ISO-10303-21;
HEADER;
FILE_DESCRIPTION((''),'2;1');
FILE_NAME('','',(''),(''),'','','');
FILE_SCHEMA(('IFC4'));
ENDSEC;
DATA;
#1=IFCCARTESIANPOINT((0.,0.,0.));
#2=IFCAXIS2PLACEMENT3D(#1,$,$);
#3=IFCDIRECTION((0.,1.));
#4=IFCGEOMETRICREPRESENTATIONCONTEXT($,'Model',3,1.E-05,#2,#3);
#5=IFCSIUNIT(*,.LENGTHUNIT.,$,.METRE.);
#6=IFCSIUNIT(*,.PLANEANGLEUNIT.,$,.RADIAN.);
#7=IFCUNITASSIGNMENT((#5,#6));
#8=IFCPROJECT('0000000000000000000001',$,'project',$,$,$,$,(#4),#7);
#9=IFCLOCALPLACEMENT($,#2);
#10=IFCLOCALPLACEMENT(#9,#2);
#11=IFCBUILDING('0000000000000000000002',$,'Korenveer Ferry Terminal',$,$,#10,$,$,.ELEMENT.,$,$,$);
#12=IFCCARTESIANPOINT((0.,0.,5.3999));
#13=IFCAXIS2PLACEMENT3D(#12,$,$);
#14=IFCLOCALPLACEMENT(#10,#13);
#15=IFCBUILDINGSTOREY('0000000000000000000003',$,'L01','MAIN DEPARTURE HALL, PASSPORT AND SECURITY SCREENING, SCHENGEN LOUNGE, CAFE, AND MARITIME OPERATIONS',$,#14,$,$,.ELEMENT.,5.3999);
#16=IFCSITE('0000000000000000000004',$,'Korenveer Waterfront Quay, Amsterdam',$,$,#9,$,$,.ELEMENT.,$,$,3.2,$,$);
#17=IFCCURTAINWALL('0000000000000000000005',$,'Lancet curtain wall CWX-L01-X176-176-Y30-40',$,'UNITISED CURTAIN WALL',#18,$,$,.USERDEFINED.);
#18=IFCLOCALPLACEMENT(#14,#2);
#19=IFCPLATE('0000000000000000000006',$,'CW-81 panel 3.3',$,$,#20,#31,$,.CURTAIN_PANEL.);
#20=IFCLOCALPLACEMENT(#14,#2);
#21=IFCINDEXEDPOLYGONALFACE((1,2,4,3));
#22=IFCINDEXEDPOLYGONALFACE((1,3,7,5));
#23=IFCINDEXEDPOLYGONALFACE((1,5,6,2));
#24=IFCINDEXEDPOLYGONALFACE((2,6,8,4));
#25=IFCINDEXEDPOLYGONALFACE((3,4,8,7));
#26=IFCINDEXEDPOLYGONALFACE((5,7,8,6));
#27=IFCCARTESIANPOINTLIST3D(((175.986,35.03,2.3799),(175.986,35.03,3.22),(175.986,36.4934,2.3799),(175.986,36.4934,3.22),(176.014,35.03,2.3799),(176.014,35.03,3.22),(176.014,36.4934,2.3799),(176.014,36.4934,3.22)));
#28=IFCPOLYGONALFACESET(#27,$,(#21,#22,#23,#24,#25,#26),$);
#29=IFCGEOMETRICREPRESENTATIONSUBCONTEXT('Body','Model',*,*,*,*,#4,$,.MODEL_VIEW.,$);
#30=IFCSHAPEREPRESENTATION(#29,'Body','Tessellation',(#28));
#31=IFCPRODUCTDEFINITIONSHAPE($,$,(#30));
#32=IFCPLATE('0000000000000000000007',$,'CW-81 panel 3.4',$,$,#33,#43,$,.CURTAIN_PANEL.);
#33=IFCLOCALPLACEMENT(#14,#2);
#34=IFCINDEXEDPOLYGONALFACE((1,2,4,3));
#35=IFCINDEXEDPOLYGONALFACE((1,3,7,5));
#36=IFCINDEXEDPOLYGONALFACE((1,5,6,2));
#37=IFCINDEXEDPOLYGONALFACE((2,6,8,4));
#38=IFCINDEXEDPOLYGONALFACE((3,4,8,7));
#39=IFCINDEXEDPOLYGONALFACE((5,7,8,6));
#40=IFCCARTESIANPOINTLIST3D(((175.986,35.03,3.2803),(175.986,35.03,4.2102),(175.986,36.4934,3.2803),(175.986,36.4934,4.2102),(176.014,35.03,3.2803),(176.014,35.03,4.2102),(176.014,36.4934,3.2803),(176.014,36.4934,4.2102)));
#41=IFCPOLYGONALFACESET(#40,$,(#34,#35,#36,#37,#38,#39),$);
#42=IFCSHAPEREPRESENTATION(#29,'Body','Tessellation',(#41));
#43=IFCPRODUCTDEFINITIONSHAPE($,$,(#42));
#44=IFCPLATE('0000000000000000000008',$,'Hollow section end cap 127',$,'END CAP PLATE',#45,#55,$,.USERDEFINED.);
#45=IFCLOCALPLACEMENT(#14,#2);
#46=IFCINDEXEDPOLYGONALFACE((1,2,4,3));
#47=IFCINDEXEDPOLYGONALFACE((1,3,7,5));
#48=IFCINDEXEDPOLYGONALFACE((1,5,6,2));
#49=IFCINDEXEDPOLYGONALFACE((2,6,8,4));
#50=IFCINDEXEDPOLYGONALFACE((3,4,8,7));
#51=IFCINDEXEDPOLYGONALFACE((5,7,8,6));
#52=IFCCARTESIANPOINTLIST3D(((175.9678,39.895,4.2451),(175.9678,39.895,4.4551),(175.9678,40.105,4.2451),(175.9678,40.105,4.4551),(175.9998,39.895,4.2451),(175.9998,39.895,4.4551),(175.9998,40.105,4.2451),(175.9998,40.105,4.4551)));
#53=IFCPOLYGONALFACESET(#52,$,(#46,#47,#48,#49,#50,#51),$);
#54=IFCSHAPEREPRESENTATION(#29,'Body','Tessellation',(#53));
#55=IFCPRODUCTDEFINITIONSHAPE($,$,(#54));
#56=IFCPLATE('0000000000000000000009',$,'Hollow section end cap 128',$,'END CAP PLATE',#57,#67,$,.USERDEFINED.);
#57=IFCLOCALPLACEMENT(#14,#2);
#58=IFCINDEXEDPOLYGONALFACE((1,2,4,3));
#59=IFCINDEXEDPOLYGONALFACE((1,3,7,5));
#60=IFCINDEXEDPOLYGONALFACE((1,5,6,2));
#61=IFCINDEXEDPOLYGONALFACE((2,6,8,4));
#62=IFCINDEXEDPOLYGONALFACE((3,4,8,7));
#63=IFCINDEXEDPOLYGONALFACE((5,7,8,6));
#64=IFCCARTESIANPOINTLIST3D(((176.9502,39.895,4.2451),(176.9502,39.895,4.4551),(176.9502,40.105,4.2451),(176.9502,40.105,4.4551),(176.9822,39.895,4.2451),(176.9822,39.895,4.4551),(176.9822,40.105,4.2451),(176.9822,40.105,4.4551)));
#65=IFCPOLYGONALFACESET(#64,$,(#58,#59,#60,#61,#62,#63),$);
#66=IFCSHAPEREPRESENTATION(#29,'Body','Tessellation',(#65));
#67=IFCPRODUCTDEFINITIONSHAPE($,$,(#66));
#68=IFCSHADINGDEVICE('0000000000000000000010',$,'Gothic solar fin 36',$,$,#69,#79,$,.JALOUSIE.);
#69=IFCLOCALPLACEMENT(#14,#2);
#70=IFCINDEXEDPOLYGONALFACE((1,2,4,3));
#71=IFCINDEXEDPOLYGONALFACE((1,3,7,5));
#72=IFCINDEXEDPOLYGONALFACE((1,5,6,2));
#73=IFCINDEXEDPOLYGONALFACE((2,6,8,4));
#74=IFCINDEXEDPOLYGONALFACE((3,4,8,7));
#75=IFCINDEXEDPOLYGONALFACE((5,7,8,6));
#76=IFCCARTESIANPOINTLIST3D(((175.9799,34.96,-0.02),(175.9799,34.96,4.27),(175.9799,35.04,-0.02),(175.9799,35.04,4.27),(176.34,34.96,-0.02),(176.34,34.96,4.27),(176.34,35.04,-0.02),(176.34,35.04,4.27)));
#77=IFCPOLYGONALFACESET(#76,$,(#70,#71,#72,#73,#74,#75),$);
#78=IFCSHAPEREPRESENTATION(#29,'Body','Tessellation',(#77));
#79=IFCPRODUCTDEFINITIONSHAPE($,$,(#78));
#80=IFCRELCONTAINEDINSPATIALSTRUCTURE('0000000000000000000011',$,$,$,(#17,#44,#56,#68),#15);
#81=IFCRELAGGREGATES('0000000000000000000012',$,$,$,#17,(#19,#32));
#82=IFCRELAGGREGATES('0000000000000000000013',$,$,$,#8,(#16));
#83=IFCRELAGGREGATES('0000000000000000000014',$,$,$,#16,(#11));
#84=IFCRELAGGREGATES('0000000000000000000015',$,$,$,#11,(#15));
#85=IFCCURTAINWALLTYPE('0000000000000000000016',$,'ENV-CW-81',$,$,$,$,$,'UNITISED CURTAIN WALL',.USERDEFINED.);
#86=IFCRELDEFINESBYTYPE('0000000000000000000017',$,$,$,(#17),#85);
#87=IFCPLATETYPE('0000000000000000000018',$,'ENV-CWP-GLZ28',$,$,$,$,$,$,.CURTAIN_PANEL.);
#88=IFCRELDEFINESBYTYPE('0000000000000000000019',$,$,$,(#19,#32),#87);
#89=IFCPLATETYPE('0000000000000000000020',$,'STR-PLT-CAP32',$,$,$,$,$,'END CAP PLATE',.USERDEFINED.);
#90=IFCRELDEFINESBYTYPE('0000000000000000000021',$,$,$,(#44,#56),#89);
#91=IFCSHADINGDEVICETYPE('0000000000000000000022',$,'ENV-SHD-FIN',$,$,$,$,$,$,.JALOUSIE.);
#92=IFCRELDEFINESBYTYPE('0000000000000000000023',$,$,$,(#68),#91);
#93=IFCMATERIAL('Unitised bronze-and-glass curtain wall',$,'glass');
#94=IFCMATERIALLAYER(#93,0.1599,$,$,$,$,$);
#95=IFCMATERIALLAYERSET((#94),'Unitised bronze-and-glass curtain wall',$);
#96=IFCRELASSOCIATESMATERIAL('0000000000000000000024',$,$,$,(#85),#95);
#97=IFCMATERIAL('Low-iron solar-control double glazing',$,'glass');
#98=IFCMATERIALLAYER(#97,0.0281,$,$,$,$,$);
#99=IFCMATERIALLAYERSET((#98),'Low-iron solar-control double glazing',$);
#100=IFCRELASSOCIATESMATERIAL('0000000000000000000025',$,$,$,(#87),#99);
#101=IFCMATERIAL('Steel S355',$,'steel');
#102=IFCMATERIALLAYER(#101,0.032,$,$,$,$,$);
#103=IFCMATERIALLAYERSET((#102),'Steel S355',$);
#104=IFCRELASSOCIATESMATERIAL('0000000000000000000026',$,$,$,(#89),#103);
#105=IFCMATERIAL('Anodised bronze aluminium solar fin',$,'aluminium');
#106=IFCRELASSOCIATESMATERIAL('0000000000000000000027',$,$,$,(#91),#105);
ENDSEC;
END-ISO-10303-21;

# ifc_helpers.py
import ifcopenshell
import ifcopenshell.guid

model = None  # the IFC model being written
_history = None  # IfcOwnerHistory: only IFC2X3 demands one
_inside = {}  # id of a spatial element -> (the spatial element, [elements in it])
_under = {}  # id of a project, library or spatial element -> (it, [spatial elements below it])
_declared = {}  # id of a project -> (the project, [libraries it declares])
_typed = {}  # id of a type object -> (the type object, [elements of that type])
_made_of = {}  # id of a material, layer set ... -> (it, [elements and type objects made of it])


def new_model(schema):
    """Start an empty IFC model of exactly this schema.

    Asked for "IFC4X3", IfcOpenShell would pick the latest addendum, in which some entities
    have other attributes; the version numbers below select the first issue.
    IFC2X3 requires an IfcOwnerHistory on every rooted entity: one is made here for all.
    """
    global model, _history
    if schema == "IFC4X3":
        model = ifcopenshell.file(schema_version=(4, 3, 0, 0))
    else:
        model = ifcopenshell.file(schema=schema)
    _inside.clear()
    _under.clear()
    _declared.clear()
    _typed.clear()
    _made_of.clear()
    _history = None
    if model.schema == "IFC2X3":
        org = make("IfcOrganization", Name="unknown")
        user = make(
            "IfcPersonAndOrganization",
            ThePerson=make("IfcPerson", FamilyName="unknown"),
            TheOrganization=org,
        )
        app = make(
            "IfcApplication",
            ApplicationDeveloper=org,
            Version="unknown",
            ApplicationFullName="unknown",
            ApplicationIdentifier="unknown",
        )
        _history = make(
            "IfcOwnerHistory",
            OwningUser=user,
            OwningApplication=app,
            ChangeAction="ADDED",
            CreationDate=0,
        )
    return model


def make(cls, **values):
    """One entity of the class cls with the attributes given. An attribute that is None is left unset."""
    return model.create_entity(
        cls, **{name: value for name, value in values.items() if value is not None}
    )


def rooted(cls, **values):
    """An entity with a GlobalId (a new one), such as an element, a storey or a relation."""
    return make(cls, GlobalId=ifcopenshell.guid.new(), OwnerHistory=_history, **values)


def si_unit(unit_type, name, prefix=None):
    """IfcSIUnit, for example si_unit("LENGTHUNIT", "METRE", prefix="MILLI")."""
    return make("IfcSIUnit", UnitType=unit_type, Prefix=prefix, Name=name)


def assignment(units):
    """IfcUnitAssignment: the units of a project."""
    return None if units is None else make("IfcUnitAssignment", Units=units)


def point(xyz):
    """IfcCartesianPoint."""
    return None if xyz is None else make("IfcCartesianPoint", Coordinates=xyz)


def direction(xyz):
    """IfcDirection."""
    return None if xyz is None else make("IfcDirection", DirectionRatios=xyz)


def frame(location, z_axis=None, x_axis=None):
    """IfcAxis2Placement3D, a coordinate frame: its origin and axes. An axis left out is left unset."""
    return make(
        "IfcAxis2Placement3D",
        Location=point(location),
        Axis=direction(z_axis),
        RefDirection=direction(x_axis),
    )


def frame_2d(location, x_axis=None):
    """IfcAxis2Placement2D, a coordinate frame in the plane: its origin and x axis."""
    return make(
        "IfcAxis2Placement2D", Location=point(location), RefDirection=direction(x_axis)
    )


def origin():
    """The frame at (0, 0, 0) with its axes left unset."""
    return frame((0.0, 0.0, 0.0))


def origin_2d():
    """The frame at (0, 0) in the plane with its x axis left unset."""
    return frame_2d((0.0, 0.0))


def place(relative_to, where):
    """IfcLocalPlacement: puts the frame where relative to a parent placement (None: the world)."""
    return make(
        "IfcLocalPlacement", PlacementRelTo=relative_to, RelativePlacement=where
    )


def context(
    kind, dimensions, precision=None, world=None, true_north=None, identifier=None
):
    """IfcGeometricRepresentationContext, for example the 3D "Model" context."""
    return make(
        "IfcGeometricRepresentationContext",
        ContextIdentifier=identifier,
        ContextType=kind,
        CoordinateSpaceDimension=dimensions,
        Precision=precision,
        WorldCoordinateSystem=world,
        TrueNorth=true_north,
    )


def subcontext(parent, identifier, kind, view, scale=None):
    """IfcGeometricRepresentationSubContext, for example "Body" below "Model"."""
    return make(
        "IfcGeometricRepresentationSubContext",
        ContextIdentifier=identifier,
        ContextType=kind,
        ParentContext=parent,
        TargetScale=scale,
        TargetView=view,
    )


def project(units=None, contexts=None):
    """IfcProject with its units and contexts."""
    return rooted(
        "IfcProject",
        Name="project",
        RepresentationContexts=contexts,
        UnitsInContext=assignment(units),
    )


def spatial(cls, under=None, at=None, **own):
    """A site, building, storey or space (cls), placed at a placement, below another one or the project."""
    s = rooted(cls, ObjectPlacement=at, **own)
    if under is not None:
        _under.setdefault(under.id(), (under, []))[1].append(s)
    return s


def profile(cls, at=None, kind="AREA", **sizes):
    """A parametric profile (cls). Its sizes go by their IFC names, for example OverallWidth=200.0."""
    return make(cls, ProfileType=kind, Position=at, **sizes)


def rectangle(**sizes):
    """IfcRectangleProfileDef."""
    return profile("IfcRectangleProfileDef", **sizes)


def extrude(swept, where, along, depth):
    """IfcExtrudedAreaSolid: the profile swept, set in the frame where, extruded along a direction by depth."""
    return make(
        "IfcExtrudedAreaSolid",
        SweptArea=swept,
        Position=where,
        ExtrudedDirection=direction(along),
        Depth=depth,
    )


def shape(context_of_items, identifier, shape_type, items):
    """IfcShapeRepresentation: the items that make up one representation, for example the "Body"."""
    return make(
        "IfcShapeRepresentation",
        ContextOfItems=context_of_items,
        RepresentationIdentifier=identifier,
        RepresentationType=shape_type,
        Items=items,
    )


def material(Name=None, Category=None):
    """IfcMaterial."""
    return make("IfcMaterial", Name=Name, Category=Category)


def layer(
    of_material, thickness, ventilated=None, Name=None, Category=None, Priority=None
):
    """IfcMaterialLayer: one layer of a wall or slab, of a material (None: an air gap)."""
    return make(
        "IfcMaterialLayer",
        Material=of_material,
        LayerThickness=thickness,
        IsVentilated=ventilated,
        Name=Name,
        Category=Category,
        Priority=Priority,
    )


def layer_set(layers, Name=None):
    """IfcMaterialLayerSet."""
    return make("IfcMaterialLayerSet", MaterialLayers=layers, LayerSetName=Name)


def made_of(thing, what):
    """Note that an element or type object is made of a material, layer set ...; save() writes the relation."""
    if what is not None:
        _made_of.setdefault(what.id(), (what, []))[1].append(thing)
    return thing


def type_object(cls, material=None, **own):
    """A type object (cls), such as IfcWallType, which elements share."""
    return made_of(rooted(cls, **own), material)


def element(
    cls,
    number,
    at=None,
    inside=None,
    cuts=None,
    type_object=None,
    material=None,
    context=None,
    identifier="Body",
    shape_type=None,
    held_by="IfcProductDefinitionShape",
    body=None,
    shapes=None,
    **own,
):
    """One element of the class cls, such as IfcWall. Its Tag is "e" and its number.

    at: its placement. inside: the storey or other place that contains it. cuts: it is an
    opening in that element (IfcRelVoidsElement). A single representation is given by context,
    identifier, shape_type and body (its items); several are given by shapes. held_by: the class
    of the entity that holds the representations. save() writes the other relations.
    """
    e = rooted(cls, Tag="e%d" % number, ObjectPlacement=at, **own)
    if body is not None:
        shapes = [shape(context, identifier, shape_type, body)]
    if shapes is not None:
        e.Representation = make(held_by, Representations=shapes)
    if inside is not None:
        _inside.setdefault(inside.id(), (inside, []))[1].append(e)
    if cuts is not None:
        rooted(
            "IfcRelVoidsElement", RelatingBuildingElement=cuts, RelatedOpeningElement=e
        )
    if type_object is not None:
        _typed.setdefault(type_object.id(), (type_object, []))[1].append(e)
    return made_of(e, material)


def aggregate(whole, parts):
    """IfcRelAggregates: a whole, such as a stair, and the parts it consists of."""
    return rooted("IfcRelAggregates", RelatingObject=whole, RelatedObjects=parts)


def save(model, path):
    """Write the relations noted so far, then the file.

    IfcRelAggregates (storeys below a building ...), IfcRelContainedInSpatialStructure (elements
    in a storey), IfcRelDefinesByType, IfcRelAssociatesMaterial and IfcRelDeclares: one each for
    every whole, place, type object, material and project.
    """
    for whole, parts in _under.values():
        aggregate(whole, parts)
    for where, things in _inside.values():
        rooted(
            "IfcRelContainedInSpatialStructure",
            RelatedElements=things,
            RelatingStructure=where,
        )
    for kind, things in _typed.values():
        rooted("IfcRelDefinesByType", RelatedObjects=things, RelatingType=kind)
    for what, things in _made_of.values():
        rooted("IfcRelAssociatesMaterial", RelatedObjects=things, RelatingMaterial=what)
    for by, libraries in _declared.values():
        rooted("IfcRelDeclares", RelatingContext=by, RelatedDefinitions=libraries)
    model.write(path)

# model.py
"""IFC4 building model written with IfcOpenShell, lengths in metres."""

from ifc_helpers import new_model, si_unit, direction, frame, origin, origin_2d, place, context, subcontext, project, spatial, rectangle, extrude, material, layer, layer_set, type_object, element, aggregate, save


model = new_model("IFC4")

# Units and contexts
model_context = context("Model", 3, precision=1e-05, world=origin(), true_north=direction((0.0, 1.0)))
body_context = subcontext(model_context, "Body", "Model", "MODEL_VIEW")
ifc_project = project(units=[si_unit("LENGTHUNIT", "METRE"), si_unit("PLANEANGLEUNIT", "RADIAN")], contexts=[model_context])

# Site, building, storey
site_placement = place(None, origin())
site = spatial("IfcSite", under=ifc_project, at=site_placement, Name="Korenveer Waterfront Quay, Amsterdam", CompositionType="ELEMENT", RefElevation=3.2)
building_placement = place(site_placement, origin())
building = spatial("IfcBuilding", under=site, at=building_placement, Name="Korenveer Ferry Terminal", CompositionType="ELEMENT")
storey_placement = place(building_placement, frame((0.0, 0.0, 5.3999)))
storey = spatial("IfcBuildingStorey", under=building, at=storey_placement, Name="L01", Description="MAIN DEPARTURE HALL, PASSPORT AND SECURITY SCREENING, SCHENGEN LOUNGE, CAFE, AND MARITIME OPERATIONS", CompositionType="ELEMENT", Elevation=5.3999)

# Shared definitions
ifc_material_1 = material(Name="Steel S355", Category="steel")

# Curtain wall
ifc_material_2 = material(Name="Unitised bronze-and-glass curtain wall", Category="glass")
ifc_layer_1 = layer(ifc_material_2, 0.1599)
ifc_layer_set_1 = layer_set([ifc_layer_1], Name="Unitised bronze-and-glass curtain wall")
curtain_wall_type = type_object("IfcCurtainWallType", Name="ENV-CW-81", ElementType="UNITISED CURTAIN WALL", PredefinedType="USERDEFINED", material=ifc_layer_set_1)
curtain_wall_placement = place(storey_placement, frame((176.0, 39.5701, 0.0)))
curtain_wall = element("IfcCurtainWall", 1, at=curtain_wall_placement, inside=storey, type_object=curtain_wall_type, Name="Lancet curtain wall CWX-L01-X176-176-Y30-40", ObjectType="UNITISED CURTAIN WALL", PredefinedType="USERDEFINED")

# Plates
ifc_material_3 = material(Name="Low-iron solar-control double glazing", Category="glass")
ifc_layer_2 = layer(ifc_material_3, 0.0281)
ifc_layer_set_2 = layer_set([ifc_layer_2], Name="Low-iron solar-control double glazing")
plate_type_1 = type_object("IfcPlateType", Name="ENV-CWP-GLZ28", PredefinedType="CURTAIN_PANEL", material=ifc_layer_set_2)
plate_1_placement = place(storey_placement, frame((176.0, 35.7617, 2.3799), z_axis=(0.0, 0.0, 1.0), x_axis=(0.0, -1.0, 0.0)))
plate_1 = element("IfcPlate", 2, at=plate_1_placement, type_object=plate_type_1, Name="CW-81 panel 3.3", PredefinedType="CURTAIN_PANEL", context=body_context, shape_type="SweptSolid", body=[
    extrude(rectangle(XDim=1.4634, YDim=0.0281, at=origin_2d()), origin(), (0.0, 0.0, 1.0), 0.8401),
])
plate_2_placement = place(storey_placement, frame((176.0, 35.7617, 3.2803), z_axis=(0.0, 0.0, 1.0), x_axis=(0.0, -1.0, 0.0)))
plate_2 = element("IfcPlate", 3, at=plate_2_placement, type_object=plate_type_1, Name="CW-81 panel 3.4", PredefinedType="CURTAIN_PANEL", context=body_context, shape_type="SweptSolid", body=[
    extrude(rectangle(XDim=1.4634, YDim=0.0281, at=origin_2d()), origin(), (0.0, 0.0, 1.0), 0.9299),
])
aggregate(curtain_wall, [plate_1, plate_2])

# Plates
ifc_layer_3 = layer(ifc_material_1, 0.032)
ifc_layer_set_3 = layer_set([ifc_layer_3], Name="Steel S355")
plate_type_2 = type_object("IfcPlateType", Name="STR-PLT-CAP32", ElementType="END CAP PLATE", PredefinedType="USERDEFINED", material=ifc_layer_set_3)
for number, where, z_axis, x_axis, name in (
    (4, (175.9678, 40.0, 4.3501), (1.0, 0.0, 0.0), (0.0, 1.0, 0.0), "Hollow section end cap 127"),
    (5, (176.9502, 40.0, 4.3501), (1.0, 0.0, 0.0), (0.0, 1.0, 0.0), "Hollow section end cap 128"),
):
    element("IfcPlate", number, at=place(storey_placement, frame(where, z_axis=z_axis, x_axis=x_axis)), inside=storey, type_object=plate_type_2, Name=name, ObjectType="END CAP PLATE", PredefinedType="USERDEFINED", context=body_context, shape_type="SweptSolid", body=[
        extrude(rectangle(XDim=0.21, YDim=0.21, at=origin_2d()), origin(), (0.0, 0.0, 1.0), 0.032),
    ])

# Shading device
ifc_material_4 = material(Name="Anodised bronze aluminium solar fin", Category="aluminium")
shading_device_type = type_object("IfcShadingDeviceType", Name="ENV-SHD-FIN", PredefinedType="JALOUSIE", material=ifc_material_4)
shading_device_placement = place(storey_placement, frame((176.1599, 35.0, -0.02), z_axis=(0.0, 0.0, 1.0), x_axis=(1.0, 0.0, 0.0)))
element("IfcShadingDevice", 6, at=shading_device_placement, inside=storey, type_object=shading_device_type, Name="Gothic solar fin 36", PredefinedType="JALOUSIE", context=body_context, shape_type="SweptSolid", body=[
    extrude(rectangle(XDim=0.3601, YDim=0.0801, at=origin_2d()), origin(), (0.0, 0.0, 1.0), 4.29),
])

save(model, "model.ifc")
